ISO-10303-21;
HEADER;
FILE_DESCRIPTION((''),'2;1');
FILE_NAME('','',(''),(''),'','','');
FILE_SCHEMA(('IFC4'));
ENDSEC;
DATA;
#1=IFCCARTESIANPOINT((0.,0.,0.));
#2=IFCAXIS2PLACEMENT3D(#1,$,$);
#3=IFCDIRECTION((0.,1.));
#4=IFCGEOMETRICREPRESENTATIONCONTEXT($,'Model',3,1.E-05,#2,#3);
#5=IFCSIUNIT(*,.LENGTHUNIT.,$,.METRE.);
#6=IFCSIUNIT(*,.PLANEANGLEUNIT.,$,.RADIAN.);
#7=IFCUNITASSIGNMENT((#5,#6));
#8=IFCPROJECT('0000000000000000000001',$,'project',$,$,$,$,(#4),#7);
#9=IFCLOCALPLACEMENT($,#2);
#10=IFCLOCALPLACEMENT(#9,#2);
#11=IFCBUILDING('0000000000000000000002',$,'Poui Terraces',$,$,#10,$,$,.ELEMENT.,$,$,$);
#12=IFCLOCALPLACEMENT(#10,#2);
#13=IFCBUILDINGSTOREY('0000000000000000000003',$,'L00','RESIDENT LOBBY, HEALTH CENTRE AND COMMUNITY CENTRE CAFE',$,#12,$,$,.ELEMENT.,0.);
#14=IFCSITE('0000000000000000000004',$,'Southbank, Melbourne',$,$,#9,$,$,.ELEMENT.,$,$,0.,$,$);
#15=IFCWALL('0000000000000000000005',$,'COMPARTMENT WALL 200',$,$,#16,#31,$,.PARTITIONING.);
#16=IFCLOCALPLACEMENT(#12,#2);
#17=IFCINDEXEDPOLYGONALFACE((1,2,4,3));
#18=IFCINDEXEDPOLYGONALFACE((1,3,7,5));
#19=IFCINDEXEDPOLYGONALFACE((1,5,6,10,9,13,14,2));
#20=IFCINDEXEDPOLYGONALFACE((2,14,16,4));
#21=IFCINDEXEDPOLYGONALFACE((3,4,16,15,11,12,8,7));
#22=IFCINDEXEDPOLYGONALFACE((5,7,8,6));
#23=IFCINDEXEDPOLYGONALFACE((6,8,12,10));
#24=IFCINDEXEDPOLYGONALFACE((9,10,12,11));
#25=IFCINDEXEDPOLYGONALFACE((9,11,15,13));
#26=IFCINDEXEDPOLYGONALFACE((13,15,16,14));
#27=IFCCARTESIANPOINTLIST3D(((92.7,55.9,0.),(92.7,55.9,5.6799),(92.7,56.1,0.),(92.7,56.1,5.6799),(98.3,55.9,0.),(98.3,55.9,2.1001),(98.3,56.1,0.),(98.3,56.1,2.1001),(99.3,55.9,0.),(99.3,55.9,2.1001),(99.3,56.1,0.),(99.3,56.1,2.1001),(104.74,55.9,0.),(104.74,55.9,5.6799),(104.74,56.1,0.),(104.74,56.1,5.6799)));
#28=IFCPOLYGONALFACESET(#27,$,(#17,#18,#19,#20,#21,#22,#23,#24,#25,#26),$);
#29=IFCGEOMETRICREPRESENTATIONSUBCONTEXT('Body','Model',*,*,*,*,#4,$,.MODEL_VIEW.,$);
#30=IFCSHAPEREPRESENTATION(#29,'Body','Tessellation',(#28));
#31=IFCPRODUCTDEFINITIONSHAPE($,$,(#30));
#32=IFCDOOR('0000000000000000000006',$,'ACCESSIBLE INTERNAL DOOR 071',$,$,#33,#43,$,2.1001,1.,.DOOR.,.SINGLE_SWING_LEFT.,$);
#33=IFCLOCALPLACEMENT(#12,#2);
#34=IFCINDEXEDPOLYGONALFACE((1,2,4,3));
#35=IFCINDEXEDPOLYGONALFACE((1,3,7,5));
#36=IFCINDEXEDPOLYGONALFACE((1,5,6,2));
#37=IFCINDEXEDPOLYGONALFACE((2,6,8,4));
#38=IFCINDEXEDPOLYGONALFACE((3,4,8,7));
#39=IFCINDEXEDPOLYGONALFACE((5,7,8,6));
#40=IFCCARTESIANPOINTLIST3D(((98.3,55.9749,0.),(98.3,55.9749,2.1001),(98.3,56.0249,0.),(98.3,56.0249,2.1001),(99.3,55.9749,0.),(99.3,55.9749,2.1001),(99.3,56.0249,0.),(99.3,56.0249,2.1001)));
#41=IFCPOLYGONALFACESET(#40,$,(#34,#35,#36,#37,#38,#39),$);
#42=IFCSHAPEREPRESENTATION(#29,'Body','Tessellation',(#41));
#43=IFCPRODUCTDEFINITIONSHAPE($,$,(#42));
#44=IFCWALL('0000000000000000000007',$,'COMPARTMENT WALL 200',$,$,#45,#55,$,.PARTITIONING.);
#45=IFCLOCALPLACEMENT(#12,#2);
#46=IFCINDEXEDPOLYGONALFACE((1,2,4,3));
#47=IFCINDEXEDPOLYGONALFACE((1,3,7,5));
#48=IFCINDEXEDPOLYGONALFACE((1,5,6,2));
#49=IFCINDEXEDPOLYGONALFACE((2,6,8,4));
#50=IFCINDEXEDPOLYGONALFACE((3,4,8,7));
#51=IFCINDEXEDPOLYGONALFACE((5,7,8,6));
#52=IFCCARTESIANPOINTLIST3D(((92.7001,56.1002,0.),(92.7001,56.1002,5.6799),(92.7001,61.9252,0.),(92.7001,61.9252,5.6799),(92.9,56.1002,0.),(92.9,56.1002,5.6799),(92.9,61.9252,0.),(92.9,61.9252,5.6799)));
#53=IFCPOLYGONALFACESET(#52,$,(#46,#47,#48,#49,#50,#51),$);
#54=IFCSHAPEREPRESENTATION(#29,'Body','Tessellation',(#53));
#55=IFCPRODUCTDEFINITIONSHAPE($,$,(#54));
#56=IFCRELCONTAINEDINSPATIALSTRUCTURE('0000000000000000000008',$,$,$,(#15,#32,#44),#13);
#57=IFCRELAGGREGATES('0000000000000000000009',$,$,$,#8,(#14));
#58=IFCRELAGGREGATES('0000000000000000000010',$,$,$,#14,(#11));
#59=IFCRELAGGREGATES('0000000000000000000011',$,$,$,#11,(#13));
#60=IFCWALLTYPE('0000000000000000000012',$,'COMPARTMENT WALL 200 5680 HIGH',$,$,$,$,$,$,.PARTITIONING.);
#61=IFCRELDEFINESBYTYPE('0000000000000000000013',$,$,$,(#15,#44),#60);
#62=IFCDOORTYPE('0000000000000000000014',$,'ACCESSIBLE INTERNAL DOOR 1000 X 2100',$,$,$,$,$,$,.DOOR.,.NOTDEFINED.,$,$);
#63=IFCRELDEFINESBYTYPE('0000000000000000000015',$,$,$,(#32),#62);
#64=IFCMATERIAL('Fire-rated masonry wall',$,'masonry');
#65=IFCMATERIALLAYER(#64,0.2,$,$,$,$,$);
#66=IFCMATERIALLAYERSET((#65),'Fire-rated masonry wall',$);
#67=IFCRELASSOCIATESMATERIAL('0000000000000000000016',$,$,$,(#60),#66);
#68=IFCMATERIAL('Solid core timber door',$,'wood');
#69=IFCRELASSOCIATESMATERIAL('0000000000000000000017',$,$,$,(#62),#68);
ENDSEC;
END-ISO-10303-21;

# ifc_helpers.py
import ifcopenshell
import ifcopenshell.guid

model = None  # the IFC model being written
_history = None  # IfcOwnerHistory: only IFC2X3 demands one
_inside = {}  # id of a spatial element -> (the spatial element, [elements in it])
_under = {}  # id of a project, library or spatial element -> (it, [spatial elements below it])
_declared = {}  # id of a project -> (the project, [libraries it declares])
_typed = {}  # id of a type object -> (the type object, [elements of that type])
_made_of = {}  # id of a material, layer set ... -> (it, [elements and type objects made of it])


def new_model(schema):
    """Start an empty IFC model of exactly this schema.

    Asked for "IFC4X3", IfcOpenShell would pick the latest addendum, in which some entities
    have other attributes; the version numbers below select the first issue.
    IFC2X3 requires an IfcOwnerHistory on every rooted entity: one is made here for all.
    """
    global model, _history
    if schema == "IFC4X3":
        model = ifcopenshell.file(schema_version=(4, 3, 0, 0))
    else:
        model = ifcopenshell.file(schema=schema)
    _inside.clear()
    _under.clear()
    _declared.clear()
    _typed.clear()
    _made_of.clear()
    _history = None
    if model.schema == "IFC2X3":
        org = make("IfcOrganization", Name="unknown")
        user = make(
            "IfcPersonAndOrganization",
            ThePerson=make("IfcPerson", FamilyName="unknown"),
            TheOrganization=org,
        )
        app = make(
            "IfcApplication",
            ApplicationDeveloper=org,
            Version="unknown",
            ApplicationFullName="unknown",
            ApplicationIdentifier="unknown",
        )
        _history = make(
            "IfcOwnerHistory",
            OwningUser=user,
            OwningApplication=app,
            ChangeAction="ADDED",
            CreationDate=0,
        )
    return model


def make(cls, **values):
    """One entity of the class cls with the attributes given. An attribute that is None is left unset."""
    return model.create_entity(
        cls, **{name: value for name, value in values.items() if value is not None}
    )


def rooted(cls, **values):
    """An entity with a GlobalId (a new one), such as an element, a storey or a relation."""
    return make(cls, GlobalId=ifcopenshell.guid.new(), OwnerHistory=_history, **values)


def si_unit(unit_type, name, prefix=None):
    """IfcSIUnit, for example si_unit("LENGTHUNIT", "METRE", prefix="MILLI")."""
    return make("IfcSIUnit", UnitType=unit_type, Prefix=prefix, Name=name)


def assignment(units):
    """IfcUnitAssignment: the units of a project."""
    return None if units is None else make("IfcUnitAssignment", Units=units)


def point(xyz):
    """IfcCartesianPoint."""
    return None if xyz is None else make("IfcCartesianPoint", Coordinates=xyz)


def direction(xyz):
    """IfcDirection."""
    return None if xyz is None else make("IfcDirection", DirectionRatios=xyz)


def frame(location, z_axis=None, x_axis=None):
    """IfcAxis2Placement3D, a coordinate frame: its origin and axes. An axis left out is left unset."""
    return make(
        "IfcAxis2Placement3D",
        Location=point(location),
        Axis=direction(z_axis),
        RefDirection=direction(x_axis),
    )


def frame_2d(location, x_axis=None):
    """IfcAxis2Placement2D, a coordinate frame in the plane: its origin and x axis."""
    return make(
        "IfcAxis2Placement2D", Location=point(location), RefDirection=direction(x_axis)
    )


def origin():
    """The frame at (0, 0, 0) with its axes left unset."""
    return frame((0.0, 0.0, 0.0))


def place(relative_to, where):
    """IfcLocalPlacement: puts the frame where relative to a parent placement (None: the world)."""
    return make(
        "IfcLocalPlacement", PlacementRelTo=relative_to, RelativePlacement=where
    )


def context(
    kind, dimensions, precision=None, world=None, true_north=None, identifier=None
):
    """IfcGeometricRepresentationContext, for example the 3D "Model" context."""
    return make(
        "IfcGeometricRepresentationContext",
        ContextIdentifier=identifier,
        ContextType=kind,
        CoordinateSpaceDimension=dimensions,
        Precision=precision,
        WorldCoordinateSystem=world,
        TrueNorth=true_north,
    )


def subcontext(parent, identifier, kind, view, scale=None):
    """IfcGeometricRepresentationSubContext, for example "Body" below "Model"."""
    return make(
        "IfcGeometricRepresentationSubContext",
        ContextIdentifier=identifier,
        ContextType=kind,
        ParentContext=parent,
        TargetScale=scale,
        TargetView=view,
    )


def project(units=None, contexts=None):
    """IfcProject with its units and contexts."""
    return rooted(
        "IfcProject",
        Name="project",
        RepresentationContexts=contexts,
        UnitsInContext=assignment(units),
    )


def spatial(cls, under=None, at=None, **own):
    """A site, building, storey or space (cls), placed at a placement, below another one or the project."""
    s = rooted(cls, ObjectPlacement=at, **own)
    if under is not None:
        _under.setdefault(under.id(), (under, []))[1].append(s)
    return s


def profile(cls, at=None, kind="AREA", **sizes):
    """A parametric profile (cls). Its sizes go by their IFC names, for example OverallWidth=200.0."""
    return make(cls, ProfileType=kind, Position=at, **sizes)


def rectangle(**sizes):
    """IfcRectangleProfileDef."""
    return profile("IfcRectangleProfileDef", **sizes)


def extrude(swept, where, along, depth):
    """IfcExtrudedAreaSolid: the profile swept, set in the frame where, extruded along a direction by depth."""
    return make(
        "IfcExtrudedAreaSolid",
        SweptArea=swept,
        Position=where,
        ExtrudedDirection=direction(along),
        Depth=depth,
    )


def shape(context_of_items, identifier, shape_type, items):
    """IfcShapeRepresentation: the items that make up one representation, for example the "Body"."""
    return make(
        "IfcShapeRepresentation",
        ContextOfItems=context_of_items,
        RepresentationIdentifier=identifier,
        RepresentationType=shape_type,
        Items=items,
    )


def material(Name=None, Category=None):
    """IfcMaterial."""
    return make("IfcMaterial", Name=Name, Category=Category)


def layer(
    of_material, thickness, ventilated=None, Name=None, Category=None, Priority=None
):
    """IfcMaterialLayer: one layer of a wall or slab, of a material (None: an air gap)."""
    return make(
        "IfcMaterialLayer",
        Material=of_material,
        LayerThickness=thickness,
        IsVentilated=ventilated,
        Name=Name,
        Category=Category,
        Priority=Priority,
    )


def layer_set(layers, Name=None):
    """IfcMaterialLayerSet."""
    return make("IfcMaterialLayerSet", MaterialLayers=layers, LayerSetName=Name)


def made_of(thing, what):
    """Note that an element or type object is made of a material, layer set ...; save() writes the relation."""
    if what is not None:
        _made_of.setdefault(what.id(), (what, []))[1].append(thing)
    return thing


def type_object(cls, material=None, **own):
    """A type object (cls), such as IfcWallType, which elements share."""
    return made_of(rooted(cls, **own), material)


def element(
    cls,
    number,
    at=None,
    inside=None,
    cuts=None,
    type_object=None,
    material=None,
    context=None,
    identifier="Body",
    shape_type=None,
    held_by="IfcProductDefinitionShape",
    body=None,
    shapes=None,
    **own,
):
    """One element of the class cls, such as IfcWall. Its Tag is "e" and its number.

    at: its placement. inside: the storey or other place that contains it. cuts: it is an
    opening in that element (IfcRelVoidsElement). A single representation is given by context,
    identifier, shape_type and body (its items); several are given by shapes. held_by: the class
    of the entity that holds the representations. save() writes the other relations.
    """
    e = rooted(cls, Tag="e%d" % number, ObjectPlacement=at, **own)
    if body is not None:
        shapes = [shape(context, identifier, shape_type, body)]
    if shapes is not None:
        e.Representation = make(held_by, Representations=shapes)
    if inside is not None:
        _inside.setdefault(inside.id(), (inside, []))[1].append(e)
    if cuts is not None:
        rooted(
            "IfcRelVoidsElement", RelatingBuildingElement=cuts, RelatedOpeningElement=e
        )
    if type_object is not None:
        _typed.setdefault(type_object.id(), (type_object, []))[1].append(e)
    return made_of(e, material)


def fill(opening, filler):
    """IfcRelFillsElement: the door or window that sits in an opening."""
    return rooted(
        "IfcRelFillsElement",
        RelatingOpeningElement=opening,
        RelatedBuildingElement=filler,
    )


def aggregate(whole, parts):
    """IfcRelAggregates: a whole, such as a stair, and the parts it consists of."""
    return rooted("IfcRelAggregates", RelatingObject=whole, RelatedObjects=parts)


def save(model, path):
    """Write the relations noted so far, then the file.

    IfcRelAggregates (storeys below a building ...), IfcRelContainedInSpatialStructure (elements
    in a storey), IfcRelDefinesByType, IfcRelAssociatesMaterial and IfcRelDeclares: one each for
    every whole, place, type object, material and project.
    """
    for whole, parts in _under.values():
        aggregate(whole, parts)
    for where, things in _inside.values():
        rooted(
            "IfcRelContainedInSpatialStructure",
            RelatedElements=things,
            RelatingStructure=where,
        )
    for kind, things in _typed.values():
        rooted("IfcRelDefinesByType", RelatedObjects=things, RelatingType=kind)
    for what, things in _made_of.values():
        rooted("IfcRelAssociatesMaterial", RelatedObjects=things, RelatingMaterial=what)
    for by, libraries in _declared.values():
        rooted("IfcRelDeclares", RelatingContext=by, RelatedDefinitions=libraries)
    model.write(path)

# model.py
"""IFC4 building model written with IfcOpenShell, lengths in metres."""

from ifc_helpers import new_model, si_unit, direction, frame, frame_2d, origin, place, context, subcontext, project, spatial, rectangle, extrude, material, layer, layer_set, type_object, element, fill, save


model = new_model("IFC4")

# Units and contexts
model_context = context("Model", 3, precision=1e-05, world=origin(), true_north=direction((0.0, 1.0)))
body_context = subcontext(model_context, "Body", "Model", "MODEL_VIEW")
ifc_project = project(units=[si_unit("LENGTHUNIT", "METRE"), si_unit("PLANEANGLEUNIT", "RADIAN")], contexts=[model_context])

# Site, building, storey
site_placement = place(None, origin())
site = spatial("IfcSite", under=ifc_project, at=site_placement, Name="Southbank, Melbourne", CompositionType="ELEMENT", RefElevation=0.0)
building_placement = place(site_placement, origin())
building = spatial("IfcBuilding", under=site, at=building_placement, Name="Poui Terraces", CompositionType="ELEMENT")
storey_placement = place(building_placement, origin())
storey = spatial("IfcBuildingStorey", under=building, at=storey_placement, Name="L00", Description="RESIDENT LOBBY, HEALTH CENTRE AND COMMUNITY CENTRE CAFE", CompositionType="ELEMENT", Elevation=0.0)

# Wall, opening, door
ifc_material_1 = material(Name="Fire-rated masonry wall", Category="masonry")
ifc_layer = layer(ifc_material_1, 0.2)
ifc_layer_set = layer_set([ifc_layer], Name="Fire-rated masonry wall")
wall_type = type_object("IfcWallType", Name="COMPARTMENT WALL 200 5680 HIGH", PredefinedType="PARTITIONING", material=ifc_layer_set)
wall_1_placement = place(storey_placement, frame((92.7, 56.0, 0.0), z_axis=(0.0, 0.0, 1.0), x_axis=(1.0, 0.0, 0.0)))
wall_1 = element("IfcWall", 1, at=wall_1_placement, inside=storey, type_object=wall_type, Name="COMPARTMENT WALL 200", PredefinedType="PARTITIONING", context=body_context, shape_type="SweptSolid", body=[
    extrude(rectangle(XDim=12.04, YDim=0.2, at=frame_2d((6.02, 0.0))), origin(), (0.0, 0.0, 1.0), 5.6799),
])
opening_placement = place(wall_1_placement, frame((5.6001, 0.0, 0.0)))
opening = element("IfcOpeningElement", 2, at=opening_placement, cuts=wall_1, PredefinedType="OPENING", context=body_context, shape_type="SweptSolid", body=[
    extrude(rectangle(XDim=1.0, YDim=2.1001, at=frame_2d((0.5, 1.05))), frame((0.0, 0.1099, 0.0), z_axis=(0.0, -1.0, 0.0), x_axis=(1.0, 0.0, 0.0)), (0.0, 0.0, 1.0), 0.22),
])
ifc_material_2 = material(Name="Solid core timber door", Category="wood")
door_type = type_object("IfcDoorType", Name="ACCESSIBLE INTERNAL DOOR 1000 X 2100", OperationType="NOTDEFINED", PredefinedType="DOOR", material=ifc_material_2)
door_placement = place(opening_placement, origin())
door = element("IfcDoor", 3, at=door_placement, inside=storey, type_object=door_type, Name="ACCESSIBLE INTERNAL DOOR 071", OperationType="SINGLE_SWING_LEFT", OverallHeight=2.1001, OverallWidth=1.0, PredefinedType="DOOR", context=body_context, shape_type="SweptSolid", body=[
    extrude(rectangle(XDim=1.0, YDim=2.1001, at=frame_2d((0.5, 1.05))), frame((0.0, 0.0249, 0.0), z_axis=(0.0, -1.0, 0.0), x_axis=(1.0, 0.0, 0.0)), (0.0, 0.0, 1.0), 0.05),
])
fill(opening, door)

# Wall
wall_2_placement = place(storey_placement, frame((92.8, 56.1001, 0.0), z_axis=(0.0, 0.0, 1.0), x_axis=(0.0, 1.0, 0.0)))
element("IfcWall", 4, at=wall_2_placement, inside=storey, type_object=wall_type, Name="COMPARTMENT WALL 200", PredefinedType="PARTITIONING", context=body_context, shape_type="SweptSolid", body=[
    extrude(rectangle(XDim=5.825, YDim=0.2, at=frame_2d((2.9126, 0.0))), origin(), (0.0, 0.0, 1.0), 5.6799),
])

save(model, "model.ifc")
